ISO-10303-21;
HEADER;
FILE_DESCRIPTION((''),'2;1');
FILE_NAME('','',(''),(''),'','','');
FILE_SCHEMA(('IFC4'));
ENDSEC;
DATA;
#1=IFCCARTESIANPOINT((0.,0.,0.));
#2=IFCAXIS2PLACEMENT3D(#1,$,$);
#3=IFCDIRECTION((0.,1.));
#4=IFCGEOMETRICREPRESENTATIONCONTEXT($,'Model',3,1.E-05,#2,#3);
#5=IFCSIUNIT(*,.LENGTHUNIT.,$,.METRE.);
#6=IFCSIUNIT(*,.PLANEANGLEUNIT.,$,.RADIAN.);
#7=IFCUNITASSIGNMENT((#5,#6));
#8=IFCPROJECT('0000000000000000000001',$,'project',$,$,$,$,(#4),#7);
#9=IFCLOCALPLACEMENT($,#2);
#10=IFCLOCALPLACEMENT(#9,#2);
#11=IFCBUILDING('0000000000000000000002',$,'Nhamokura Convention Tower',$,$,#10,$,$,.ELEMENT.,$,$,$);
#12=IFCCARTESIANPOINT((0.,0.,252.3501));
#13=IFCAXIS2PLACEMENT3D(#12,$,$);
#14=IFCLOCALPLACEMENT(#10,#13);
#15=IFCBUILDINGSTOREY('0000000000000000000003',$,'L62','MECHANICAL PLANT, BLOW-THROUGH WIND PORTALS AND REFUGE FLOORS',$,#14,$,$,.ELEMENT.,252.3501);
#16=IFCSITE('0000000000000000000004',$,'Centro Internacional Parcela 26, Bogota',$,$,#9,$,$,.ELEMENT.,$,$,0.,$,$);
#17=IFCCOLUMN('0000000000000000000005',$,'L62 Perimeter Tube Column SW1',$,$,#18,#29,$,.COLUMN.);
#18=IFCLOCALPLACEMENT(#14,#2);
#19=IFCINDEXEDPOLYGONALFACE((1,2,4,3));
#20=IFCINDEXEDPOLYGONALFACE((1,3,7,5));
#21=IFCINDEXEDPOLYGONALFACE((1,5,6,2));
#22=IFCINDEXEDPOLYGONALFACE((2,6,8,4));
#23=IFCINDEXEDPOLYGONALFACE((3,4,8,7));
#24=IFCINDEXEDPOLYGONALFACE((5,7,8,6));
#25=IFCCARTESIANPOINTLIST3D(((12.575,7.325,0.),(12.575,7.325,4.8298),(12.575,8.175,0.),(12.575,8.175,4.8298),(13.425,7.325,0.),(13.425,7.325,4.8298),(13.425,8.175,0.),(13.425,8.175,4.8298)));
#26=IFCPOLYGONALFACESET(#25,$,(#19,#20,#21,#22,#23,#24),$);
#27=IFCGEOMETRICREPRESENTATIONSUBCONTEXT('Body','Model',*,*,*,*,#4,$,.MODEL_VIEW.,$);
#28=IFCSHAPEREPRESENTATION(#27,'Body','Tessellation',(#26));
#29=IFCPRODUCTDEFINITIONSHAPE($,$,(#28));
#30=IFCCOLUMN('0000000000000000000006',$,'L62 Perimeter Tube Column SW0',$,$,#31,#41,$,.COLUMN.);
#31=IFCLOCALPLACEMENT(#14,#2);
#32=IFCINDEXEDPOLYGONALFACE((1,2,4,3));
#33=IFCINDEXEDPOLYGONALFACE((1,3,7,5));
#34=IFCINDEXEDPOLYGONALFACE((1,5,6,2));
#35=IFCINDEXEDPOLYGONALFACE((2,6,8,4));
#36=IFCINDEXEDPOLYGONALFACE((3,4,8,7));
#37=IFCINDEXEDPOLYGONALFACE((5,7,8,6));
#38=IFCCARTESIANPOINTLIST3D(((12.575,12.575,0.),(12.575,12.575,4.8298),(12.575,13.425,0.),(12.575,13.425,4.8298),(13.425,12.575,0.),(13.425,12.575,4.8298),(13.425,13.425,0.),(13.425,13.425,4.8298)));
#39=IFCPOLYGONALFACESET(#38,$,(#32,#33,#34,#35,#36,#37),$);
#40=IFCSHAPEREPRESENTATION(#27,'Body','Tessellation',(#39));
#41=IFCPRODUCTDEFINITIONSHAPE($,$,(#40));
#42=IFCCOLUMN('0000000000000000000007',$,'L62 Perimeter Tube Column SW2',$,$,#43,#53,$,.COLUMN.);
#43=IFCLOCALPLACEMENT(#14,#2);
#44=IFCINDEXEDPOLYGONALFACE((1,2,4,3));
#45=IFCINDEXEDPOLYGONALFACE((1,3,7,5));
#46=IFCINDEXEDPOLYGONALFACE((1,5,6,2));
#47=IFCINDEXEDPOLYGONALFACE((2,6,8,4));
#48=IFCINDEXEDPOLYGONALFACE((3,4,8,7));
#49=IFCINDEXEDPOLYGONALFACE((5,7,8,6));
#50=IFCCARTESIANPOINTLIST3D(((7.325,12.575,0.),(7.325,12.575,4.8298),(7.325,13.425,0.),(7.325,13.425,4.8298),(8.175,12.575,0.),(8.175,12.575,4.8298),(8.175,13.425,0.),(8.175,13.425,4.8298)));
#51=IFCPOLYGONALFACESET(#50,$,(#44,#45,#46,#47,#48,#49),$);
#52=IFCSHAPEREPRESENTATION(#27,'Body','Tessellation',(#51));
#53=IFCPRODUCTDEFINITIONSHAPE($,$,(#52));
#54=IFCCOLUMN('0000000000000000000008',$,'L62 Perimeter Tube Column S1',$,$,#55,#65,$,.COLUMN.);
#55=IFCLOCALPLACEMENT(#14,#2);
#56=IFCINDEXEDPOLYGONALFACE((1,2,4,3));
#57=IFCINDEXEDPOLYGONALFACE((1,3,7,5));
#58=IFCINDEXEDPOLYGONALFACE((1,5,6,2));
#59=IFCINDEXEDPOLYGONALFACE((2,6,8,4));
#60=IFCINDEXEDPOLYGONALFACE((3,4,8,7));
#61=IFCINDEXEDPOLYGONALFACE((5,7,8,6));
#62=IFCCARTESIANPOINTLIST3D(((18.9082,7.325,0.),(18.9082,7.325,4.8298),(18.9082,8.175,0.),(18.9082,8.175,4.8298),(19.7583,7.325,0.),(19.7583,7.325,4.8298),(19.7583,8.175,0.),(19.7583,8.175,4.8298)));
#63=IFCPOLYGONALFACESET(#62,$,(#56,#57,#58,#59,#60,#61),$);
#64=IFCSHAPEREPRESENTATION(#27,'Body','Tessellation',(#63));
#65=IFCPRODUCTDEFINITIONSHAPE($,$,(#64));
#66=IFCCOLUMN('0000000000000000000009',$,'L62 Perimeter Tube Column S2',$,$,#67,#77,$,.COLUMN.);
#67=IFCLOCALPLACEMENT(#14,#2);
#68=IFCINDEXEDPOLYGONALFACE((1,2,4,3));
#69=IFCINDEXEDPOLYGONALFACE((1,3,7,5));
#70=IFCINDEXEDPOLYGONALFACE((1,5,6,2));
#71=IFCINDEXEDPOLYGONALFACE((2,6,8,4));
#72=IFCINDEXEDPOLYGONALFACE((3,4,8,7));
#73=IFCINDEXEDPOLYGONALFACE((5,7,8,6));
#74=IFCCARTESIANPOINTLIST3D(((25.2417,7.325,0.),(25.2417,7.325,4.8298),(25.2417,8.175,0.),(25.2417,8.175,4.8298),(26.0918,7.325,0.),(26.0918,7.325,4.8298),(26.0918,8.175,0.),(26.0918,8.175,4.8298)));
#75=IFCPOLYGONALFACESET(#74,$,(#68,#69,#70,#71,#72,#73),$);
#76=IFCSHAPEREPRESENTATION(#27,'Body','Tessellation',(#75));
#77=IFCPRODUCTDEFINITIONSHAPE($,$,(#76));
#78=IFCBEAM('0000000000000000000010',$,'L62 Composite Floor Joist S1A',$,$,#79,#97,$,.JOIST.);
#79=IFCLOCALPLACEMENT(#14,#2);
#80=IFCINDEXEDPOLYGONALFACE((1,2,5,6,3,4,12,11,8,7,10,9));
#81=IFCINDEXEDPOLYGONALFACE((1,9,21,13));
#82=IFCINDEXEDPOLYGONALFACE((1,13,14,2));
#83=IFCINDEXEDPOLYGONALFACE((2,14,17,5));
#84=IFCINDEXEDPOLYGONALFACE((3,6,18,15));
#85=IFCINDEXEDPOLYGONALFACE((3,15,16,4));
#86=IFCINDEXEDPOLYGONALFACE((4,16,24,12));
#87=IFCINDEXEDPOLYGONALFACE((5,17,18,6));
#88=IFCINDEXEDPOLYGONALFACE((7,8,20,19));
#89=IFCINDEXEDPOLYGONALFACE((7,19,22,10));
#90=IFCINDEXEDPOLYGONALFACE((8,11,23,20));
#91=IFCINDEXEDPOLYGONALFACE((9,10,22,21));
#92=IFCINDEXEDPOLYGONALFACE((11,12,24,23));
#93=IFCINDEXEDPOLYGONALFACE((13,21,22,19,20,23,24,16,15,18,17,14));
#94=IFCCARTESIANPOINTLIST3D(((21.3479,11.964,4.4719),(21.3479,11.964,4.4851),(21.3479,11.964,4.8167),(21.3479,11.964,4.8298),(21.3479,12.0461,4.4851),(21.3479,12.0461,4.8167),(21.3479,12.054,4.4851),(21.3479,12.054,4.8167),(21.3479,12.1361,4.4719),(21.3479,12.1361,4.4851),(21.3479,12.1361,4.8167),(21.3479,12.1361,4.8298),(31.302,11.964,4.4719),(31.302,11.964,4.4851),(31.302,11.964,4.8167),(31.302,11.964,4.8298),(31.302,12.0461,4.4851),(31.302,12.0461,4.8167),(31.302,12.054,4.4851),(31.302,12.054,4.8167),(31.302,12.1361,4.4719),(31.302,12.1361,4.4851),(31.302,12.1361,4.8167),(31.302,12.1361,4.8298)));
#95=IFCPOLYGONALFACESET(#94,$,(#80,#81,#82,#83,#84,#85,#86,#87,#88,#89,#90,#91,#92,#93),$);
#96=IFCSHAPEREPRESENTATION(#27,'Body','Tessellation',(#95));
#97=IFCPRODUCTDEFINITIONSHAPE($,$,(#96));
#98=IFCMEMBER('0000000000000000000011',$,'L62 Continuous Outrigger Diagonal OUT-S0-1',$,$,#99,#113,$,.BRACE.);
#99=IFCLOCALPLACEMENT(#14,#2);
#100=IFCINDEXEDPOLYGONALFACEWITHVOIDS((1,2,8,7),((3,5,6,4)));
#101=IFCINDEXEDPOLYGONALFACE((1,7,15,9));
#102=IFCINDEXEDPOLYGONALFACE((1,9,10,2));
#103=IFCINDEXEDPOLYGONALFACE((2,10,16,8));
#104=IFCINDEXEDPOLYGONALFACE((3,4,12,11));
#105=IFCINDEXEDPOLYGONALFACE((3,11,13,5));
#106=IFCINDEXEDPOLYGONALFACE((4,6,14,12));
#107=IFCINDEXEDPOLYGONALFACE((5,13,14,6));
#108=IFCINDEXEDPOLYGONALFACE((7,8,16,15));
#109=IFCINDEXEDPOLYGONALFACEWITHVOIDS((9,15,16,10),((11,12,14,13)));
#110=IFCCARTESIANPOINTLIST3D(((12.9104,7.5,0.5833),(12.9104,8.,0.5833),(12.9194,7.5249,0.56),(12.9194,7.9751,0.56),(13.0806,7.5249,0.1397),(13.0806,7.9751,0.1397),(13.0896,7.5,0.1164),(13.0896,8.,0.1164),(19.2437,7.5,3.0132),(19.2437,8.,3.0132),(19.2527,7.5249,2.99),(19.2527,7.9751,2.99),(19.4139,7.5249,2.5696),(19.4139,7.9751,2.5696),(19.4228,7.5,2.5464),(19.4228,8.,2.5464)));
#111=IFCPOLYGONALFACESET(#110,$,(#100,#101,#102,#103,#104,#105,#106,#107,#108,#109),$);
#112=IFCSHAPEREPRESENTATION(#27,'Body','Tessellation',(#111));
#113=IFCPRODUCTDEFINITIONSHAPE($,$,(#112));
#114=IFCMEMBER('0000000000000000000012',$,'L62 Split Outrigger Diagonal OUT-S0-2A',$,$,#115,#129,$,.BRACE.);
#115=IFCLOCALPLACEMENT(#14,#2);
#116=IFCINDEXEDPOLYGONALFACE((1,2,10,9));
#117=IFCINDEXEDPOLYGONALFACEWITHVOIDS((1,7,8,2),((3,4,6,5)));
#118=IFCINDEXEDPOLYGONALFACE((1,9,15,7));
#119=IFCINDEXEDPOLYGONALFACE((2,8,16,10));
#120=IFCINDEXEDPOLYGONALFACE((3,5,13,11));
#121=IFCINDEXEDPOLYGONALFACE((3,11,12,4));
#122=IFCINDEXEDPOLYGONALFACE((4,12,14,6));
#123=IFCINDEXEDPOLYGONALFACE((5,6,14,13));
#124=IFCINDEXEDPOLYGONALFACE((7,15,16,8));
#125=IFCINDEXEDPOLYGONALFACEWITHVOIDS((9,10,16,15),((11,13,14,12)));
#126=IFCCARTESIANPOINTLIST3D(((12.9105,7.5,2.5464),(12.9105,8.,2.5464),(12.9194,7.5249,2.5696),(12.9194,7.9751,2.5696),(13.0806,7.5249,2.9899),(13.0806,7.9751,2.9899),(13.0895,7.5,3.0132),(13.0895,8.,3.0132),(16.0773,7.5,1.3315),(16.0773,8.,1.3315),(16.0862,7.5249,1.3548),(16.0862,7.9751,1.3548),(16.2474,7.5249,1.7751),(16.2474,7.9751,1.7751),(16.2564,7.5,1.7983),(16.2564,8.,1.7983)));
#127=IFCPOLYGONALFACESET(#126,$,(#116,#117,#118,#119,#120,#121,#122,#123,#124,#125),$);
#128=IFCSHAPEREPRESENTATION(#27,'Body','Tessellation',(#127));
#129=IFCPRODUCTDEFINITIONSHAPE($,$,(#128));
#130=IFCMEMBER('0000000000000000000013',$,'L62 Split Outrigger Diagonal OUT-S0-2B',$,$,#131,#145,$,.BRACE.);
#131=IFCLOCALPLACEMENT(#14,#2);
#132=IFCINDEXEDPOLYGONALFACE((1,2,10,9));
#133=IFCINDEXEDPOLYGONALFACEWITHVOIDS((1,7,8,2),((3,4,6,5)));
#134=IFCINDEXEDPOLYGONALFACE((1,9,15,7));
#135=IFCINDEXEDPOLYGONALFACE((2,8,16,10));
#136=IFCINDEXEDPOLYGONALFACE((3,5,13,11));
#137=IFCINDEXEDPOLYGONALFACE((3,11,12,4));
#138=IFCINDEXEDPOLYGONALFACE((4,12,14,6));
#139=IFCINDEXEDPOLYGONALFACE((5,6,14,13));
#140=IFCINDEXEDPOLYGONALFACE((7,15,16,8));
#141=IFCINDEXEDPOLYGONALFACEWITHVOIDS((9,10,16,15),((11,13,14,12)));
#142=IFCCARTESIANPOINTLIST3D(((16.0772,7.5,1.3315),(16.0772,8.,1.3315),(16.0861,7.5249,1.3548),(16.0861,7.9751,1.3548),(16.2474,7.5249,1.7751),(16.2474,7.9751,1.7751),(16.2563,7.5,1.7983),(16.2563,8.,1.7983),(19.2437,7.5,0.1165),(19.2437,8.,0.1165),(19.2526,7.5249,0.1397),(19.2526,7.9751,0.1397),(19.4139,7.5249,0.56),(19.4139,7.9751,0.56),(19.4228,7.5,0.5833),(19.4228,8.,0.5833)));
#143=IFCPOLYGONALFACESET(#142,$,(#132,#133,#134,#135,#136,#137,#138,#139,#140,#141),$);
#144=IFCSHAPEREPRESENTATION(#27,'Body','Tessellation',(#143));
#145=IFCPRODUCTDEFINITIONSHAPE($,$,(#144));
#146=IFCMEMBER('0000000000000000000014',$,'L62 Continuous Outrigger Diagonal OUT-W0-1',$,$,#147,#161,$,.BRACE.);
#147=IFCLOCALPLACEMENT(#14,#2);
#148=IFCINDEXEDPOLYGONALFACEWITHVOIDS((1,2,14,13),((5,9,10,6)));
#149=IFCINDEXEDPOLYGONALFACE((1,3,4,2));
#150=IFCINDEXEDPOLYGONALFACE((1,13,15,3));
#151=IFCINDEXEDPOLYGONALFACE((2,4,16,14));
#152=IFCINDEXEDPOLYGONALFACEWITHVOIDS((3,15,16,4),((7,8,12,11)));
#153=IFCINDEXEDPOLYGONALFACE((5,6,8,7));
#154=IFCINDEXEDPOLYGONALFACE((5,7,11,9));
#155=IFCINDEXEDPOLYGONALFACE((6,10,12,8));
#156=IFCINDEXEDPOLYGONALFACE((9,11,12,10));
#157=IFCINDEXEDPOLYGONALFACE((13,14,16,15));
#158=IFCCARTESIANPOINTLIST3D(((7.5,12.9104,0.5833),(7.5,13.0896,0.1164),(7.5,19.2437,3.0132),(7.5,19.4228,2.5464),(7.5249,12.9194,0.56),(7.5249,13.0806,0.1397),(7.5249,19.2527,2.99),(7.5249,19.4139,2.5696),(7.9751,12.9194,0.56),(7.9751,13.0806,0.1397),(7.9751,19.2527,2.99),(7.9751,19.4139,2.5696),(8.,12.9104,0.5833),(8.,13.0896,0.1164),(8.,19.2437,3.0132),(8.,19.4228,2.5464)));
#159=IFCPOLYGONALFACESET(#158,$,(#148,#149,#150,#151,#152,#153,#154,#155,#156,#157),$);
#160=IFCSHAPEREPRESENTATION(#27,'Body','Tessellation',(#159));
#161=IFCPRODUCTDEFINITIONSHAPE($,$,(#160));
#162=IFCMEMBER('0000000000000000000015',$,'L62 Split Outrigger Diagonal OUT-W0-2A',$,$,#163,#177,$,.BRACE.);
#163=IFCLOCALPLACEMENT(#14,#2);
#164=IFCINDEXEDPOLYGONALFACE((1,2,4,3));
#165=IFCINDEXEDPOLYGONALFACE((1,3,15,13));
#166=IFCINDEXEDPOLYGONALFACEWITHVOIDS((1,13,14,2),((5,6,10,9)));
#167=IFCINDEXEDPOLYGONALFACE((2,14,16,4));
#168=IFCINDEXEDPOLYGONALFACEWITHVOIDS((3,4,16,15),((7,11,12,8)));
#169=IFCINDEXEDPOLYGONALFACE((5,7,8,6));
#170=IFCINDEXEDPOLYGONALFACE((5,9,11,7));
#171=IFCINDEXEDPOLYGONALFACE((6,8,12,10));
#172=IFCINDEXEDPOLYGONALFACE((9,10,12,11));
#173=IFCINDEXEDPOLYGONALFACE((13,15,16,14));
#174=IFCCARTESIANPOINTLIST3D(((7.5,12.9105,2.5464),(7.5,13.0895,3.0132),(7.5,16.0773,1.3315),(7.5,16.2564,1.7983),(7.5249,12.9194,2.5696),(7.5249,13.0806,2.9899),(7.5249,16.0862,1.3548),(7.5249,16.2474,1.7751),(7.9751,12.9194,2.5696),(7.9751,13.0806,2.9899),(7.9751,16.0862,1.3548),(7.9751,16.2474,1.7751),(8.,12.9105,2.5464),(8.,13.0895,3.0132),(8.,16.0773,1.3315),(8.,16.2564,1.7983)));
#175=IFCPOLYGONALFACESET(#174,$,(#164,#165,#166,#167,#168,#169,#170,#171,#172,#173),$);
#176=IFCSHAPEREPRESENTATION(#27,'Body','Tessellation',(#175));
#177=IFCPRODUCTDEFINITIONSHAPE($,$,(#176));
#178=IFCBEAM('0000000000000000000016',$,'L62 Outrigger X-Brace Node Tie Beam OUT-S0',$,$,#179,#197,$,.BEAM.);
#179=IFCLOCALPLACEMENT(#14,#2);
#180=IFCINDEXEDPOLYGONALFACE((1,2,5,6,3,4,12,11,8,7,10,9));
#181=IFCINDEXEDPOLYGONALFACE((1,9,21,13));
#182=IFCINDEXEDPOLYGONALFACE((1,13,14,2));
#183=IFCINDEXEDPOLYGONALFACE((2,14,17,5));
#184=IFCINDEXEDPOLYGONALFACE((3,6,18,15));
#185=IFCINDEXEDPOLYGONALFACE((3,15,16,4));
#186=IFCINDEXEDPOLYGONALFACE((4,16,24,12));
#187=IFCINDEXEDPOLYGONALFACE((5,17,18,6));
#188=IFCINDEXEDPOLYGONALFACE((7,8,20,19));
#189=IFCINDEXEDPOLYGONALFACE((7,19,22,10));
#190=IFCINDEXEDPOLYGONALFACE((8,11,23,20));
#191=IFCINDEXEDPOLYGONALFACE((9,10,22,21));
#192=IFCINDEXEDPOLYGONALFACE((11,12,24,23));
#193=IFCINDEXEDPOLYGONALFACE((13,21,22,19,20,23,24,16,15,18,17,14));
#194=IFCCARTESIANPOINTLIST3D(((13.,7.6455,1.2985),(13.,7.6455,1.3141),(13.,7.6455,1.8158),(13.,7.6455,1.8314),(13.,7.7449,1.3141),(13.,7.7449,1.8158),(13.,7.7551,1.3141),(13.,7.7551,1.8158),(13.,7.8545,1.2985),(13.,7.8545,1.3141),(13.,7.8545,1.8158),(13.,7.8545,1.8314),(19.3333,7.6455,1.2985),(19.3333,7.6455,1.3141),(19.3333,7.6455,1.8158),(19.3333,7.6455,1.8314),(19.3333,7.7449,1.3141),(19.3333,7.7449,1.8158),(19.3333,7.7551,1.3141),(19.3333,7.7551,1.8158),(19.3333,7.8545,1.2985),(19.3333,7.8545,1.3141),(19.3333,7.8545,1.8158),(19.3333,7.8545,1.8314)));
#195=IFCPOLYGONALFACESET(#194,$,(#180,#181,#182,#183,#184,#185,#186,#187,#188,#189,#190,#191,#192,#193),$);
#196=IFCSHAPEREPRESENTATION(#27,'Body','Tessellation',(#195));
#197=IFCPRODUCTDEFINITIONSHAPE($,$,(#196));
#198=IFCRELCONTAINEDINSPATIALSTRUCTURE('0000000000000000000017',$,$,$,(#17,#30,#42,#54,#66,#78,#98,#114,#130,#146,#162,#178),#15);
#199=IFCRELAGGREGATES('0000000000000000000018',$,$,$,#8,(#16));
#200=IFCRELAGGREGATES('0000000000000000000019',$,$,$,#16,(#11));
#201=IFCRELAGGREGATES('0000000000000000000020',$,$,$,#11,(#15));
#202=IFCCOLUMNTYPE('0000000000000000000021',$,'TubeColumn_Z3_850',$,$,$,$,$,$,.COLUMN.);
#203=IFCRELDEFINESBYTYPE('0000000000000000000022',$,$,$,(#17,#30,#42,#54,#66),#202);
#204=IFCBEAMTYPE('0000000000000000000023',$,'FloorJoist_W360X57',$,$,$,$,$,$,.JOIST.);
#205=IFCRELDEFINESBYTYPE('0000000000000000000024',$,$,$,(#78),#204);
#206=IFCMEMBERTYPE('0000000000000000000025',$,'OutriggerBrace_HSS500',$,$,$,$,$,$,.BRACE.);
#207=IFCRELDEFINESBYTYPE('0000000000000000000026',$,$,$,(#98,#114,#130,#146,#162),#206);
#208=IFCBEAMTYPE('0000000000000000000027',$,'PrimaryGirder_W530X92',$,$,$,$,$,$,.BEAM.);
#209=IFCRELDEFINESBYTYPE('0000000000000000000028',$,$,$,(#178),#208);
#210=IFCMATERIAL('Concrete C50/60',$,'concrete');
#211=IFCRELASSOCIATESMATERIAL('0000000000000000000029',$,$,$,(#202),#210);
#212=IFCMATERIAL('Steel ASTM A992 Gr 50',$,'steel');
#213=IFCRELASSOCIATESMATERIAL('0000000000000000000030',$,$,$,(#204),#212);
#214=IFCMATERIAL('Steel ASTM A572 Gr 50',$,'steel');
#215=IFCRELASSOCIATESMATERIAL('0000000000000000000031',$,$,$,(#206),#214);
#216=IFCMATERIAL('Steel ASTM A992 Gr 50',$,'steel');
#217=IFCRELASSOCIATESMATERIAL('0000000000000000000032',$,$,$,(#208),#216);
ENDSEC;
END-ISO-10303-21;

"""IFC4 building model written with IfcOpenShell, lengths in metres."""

from ifc_helpers import new_model, si_unit, direction, frame, origin, origin_2d, place, context, subcontext, project, spatial, rectangle, hollow_rectangle, i_section, extrude, material, material_profile, profile_set, type_object, element, save


model = new_model("IFC4")

# Units and contexts
model_context = context("Model", 3, precision=1e-05, world=origin(), true_north=direction((0.0, 1.0)))
body_context = subcontext(model_context, "Body", "Model", "MODEL_VIEW")
ifc_project = project(units=[si_unit("LENGTHUNIT", "METRE"), si_unit("PLANEANGLEUNIT", "RADIAN")], contexts=[model_context])

# Site, building, storey
site_placement = place(None, origin())
site = spatial("IfcSite", under=ifc_project, at=site_placement, Name="Centro Internacional Parcela 26, Bogota", CompositionType="ELEMENT", RefElevation=0.0)
building_placement = place(site_placement, origin())
building = spatial("IfcBuilding", under=site, at=building_placement, Name="Nhamokura Convention Tower", CompositionType="ELEMENT")
storey_placement = place(building_placement, frame((0.0, 0.0, 252.3501)))
storey = spatial("IfcBuildingStorey", under=building, at=storey_placement, Name="L62", Description="MECHANICAL PLANT, BLOW-THROUGH WIND PORTALS AND REFUGE FLOORS", CompositionType="ELEMENT", Elevation=252.3501)

# Columns
ifc_material_1 = material(Name="Concrete C50/60", Category="concrete")
ifc_material_profile_1 = material_profile(ifc_material_1, rectangle(XDim=0.8501, YDim=0.8501, at=origin_2d()))
ifc_profile_set_1 = profile_set([ifc_material_profile_1], Name="Concrete C50/60")
column_type = type_object("IfcColumnType", Name="TubeColumn_Z3_850", PredefinedType="COLUMN", material=ifc_profile_set_1)
for number, where, z_axis, x_axis, name in (
    (1, (13.0, 7.75, 0.0), (0.0, 0.0, 1.0), (1.0, 0.0, 0.0), "L62 Perimeter Tube Column SW1"),
    (2, (13.0, 13.0, 0.0), (0.0, 0.0, 1.0), (1.0, 0.0, 0.0), "L62 Perimeter Tube Column SW0"),
    (3, (7.75, 13.0, 0.0), (0.0, 0.0, 1.0), (1.0, 0.0, 0.0), "L62 Perimeter Tube Column SW2"),
    (4, (19.3333, 7.75, 0.0), (0.0, 0.0, 1.0), (1.0, 0.0, 0.0), "L62 Perimeter Tube Column S1"),
    (5, (25.6667, 7.75, 0.0), (0.0, 0.0, 1.0), (1.0, 0.0, 0.0), "L62 Perimeter Tube Column S2"),
):
    element("IfcColumn", number, at=place(storey_placement, frame(where, z_axis=z_axis, x_axis=x_axis)), inside=storey, type_object=column_type, Name=name, PredefinedType="COLUMN", context=body_context, shape_type="SweptSolid", body=[
        extrude(rectangle(XDim=0.8501, YDim=0.8501, at=origin_2d()), origin(), (0.0, 0.0, 1.0), 4.8298),
    ])

# Beam
ifc_material_2 = material(Name="Steel ASTM A992 Gr 50", Category="steel")
ifc_material_profile_2 = material_profile(ifc_material_2, i_section(OverallWidth=0.1721, OverallDepth=0.3579, WebThickness=0.0078, FlangeThickness=0.0132, at=origin_2d()))
ifc_profile_set_2 = profile_set([ifc_material_profile_2], Name="Steel ASTM A992 Gr 50")
beam_type_1 = type_object("IfcBeamType", Name="FloorJoist_W360X57", PredefinedType="JOIST", material=ifc_profile_set_2)
beam_1_placement = place(storey_placement, frame((21.3479, 12.05, 4.6509), z_axis=(1.0, 0.0, 0.0), x_axis=(0.0, 1.0, 0.0)))
element("IfcBeam", 6, at=beam_1_placement, inside=storey, type_object=beam_type_1, Name="L62 Composite Floor Joist S1A", PredefinedType="JOIST", context=body_context, shape_type="SweptSolid", body=[
    extrude(i_section(OverallWidth=0.1721, OverallDepth=0.3579, WebThickness=0.0078, FlangeThickness=0.0132, at=origin_2d()), origin(), (0.0, 0.0, 1.0), 9.9541),
])

# Members
ifc_material_3 = material(Name="Steel ASTM A572 Gr 50", Category="steel")
ifc_material_profile_3 = material_profile(ifc_material_3, hollow_rectangle(XDim=0.5, YDim=0.5, WallThickness=0.0249, at=origin_2d()))
ifc_profile_set_3 = profile_set([ifc_material_profile_3], Name="Steel ASTM A572 Gr 50")
member_type = type_object("IfcMemberType", Name="OutriggerBrace_HSS500", PredefinedType="BRACE", material=ifc_profile_set_3)
member_1_placement = place(storey_placement, frame((13.0, 7.75, 0.3499), z_axis=(0.933638, 0.0, 0.358217), x_axis=(0.0, 1.0, 0.0)))
element("IfcMember", 7, at=member_1_placement, inside=storey, type_object=member_type, Name="L62 Continuous Outrigger Diagonal OUT-S0-1", PredefinedType="BRACE", context=body_context, shape_type="SweptSolid", body=[
    extrude(hollow_rectangle(XDim=0.5, YDim=0.5, WallThickness=0.0249, at=origin_2d()), origin(), (0.0, 0.0, 1.0), 6.7834),
])
member_2_placement = place(storey_placement, frame((13.0, 7.75, 2.7798), z_axis=(0.933655, 0.0, -0.358173), x_axis=(0.0, 1.0, 0.0)))
element("IfcMember", 8, at=member_2_placement, inside=storey, type_object=member_type, Name="L62 Split Outrigger Diagonal OUT-S0-2A", PredefinedType="BRACE", context=body_context, shape_type="SweptSolid", body=[
    extrude(hollow_rectangle(XDim=0.5, YDim=0.5, WallThickness=0.0249, at=origin_2d()), origin(), (0.0, 0.0, 1.0), 3.3918),
])
member_3_placement = place(storey_placement, frame((16.1667, 7.75, 1.5649), z_axis=(0.933622, 0.0, -0.35826), x_axis=(0.0, 1.0, 0.0)))
element("IfcMember", 9, at=member_3_placement, inside=storey, type_object=member_type, Name="L62 Split Outrigger Diagonal OUT-S0-2B", PredefinedType="BRACE", context=body_context, shape_type="SweptSolid", body=[
    extrude(hollow_rectangle(XDim=0.5, YDim=0.5, WallThickness=0.0249, at=origin_2d()), origin(), (0.0, 0.0, 1.0), 3.3916),
])
member_4_placement = place(storey_placement, frame((7.75, 13.0, 0.3499), z_axis=(0.0, 0.933638, 0.358217), x_axis=(-1.0, 0.0, 0.0)))
element("IfcMember", 10, at=member_4_placement, inside=storey, type_object=member_type, Name="L62 Continuous Outrigger Diagonal OUT-W0-1", PredefinedType="BRACE", context=body_context, shape_type="SweptSolid", body=[
    extrude(hollow_rectangle(XDim=0.5, YDim=0.5, WallThickness=0.0249, at=origin_2d()), origin(), (0.0, 0.0, 1.0), 6.7834),
])
member_5_placement = place(storey_placement, frame((7.75, 13.0, 2.7798), z_axis=(0.0, 0.933655, -0.358173), x_axis=(-1.0, 0.0, 0.0)))
element("IfcMember", 11, at=member_5_placement, inside=storey, type_object=member_type, Name="L62 Split Outrigger Diagonal OUT-W0-2A", PredefinedType="BRACE", context=body_context, shape_type="SweptSolid", body=[
    extrude(hollow_rectangle(XDim=0.5, YDim=0.5, WallThickness=0.0249, at=origin_2d()), origin(), (0.0, 0.0, 1.0), 3.3918),
])

# Beam
ifc_material_4 = material(Name="Steel ASTM A992 Gr 50", Category="steel")
ifc_material_profile_4 = material_profile(ifc_material_4, i_section(OverallWidth=0.209, OverallDepth=0.533, WebThickness=0.0103, FlangeThickness=0.0156, at=origin_2d()))
ifc_profile_set_4 = profile_set([ifc_material_profile_4], Name="Steel ASTM A992 Gr 50")
beam_type_2 = type_object("IfcBeamType", Name="PrimaryGirder_W530X92", PredefinedType="BEAM", material=ifc_profile_set_4)
for number, where, z_axis, x_axis, name in (
    (12, (13.0, 7.75, 1.5649), (1.0, 0.0, 0.0), (0.0, 1.0, 0.0), "L62 Outrigger X-Brace Node Tie Beam OUT-S0"),
):
    element("IfcBeam", number, at=place(storey_placement, frame(where, z_axis=z_axis, x_axis=x_axis)), inside=storey, type_object=beam_type_2, Name=name, PredefinedType="BEAM", context=body_context, shape_type="SweptSolid", body=[
        extrude(i_section(OverallWidth=0.209, OverallDepth=0.533, WebThickness=0.0103, FlangeThickness=0.0156, at=origin_2d()), origin(), (0.0, 0.0, 1.0), 6.3333),
    ])

save(model, "model.ifc")
